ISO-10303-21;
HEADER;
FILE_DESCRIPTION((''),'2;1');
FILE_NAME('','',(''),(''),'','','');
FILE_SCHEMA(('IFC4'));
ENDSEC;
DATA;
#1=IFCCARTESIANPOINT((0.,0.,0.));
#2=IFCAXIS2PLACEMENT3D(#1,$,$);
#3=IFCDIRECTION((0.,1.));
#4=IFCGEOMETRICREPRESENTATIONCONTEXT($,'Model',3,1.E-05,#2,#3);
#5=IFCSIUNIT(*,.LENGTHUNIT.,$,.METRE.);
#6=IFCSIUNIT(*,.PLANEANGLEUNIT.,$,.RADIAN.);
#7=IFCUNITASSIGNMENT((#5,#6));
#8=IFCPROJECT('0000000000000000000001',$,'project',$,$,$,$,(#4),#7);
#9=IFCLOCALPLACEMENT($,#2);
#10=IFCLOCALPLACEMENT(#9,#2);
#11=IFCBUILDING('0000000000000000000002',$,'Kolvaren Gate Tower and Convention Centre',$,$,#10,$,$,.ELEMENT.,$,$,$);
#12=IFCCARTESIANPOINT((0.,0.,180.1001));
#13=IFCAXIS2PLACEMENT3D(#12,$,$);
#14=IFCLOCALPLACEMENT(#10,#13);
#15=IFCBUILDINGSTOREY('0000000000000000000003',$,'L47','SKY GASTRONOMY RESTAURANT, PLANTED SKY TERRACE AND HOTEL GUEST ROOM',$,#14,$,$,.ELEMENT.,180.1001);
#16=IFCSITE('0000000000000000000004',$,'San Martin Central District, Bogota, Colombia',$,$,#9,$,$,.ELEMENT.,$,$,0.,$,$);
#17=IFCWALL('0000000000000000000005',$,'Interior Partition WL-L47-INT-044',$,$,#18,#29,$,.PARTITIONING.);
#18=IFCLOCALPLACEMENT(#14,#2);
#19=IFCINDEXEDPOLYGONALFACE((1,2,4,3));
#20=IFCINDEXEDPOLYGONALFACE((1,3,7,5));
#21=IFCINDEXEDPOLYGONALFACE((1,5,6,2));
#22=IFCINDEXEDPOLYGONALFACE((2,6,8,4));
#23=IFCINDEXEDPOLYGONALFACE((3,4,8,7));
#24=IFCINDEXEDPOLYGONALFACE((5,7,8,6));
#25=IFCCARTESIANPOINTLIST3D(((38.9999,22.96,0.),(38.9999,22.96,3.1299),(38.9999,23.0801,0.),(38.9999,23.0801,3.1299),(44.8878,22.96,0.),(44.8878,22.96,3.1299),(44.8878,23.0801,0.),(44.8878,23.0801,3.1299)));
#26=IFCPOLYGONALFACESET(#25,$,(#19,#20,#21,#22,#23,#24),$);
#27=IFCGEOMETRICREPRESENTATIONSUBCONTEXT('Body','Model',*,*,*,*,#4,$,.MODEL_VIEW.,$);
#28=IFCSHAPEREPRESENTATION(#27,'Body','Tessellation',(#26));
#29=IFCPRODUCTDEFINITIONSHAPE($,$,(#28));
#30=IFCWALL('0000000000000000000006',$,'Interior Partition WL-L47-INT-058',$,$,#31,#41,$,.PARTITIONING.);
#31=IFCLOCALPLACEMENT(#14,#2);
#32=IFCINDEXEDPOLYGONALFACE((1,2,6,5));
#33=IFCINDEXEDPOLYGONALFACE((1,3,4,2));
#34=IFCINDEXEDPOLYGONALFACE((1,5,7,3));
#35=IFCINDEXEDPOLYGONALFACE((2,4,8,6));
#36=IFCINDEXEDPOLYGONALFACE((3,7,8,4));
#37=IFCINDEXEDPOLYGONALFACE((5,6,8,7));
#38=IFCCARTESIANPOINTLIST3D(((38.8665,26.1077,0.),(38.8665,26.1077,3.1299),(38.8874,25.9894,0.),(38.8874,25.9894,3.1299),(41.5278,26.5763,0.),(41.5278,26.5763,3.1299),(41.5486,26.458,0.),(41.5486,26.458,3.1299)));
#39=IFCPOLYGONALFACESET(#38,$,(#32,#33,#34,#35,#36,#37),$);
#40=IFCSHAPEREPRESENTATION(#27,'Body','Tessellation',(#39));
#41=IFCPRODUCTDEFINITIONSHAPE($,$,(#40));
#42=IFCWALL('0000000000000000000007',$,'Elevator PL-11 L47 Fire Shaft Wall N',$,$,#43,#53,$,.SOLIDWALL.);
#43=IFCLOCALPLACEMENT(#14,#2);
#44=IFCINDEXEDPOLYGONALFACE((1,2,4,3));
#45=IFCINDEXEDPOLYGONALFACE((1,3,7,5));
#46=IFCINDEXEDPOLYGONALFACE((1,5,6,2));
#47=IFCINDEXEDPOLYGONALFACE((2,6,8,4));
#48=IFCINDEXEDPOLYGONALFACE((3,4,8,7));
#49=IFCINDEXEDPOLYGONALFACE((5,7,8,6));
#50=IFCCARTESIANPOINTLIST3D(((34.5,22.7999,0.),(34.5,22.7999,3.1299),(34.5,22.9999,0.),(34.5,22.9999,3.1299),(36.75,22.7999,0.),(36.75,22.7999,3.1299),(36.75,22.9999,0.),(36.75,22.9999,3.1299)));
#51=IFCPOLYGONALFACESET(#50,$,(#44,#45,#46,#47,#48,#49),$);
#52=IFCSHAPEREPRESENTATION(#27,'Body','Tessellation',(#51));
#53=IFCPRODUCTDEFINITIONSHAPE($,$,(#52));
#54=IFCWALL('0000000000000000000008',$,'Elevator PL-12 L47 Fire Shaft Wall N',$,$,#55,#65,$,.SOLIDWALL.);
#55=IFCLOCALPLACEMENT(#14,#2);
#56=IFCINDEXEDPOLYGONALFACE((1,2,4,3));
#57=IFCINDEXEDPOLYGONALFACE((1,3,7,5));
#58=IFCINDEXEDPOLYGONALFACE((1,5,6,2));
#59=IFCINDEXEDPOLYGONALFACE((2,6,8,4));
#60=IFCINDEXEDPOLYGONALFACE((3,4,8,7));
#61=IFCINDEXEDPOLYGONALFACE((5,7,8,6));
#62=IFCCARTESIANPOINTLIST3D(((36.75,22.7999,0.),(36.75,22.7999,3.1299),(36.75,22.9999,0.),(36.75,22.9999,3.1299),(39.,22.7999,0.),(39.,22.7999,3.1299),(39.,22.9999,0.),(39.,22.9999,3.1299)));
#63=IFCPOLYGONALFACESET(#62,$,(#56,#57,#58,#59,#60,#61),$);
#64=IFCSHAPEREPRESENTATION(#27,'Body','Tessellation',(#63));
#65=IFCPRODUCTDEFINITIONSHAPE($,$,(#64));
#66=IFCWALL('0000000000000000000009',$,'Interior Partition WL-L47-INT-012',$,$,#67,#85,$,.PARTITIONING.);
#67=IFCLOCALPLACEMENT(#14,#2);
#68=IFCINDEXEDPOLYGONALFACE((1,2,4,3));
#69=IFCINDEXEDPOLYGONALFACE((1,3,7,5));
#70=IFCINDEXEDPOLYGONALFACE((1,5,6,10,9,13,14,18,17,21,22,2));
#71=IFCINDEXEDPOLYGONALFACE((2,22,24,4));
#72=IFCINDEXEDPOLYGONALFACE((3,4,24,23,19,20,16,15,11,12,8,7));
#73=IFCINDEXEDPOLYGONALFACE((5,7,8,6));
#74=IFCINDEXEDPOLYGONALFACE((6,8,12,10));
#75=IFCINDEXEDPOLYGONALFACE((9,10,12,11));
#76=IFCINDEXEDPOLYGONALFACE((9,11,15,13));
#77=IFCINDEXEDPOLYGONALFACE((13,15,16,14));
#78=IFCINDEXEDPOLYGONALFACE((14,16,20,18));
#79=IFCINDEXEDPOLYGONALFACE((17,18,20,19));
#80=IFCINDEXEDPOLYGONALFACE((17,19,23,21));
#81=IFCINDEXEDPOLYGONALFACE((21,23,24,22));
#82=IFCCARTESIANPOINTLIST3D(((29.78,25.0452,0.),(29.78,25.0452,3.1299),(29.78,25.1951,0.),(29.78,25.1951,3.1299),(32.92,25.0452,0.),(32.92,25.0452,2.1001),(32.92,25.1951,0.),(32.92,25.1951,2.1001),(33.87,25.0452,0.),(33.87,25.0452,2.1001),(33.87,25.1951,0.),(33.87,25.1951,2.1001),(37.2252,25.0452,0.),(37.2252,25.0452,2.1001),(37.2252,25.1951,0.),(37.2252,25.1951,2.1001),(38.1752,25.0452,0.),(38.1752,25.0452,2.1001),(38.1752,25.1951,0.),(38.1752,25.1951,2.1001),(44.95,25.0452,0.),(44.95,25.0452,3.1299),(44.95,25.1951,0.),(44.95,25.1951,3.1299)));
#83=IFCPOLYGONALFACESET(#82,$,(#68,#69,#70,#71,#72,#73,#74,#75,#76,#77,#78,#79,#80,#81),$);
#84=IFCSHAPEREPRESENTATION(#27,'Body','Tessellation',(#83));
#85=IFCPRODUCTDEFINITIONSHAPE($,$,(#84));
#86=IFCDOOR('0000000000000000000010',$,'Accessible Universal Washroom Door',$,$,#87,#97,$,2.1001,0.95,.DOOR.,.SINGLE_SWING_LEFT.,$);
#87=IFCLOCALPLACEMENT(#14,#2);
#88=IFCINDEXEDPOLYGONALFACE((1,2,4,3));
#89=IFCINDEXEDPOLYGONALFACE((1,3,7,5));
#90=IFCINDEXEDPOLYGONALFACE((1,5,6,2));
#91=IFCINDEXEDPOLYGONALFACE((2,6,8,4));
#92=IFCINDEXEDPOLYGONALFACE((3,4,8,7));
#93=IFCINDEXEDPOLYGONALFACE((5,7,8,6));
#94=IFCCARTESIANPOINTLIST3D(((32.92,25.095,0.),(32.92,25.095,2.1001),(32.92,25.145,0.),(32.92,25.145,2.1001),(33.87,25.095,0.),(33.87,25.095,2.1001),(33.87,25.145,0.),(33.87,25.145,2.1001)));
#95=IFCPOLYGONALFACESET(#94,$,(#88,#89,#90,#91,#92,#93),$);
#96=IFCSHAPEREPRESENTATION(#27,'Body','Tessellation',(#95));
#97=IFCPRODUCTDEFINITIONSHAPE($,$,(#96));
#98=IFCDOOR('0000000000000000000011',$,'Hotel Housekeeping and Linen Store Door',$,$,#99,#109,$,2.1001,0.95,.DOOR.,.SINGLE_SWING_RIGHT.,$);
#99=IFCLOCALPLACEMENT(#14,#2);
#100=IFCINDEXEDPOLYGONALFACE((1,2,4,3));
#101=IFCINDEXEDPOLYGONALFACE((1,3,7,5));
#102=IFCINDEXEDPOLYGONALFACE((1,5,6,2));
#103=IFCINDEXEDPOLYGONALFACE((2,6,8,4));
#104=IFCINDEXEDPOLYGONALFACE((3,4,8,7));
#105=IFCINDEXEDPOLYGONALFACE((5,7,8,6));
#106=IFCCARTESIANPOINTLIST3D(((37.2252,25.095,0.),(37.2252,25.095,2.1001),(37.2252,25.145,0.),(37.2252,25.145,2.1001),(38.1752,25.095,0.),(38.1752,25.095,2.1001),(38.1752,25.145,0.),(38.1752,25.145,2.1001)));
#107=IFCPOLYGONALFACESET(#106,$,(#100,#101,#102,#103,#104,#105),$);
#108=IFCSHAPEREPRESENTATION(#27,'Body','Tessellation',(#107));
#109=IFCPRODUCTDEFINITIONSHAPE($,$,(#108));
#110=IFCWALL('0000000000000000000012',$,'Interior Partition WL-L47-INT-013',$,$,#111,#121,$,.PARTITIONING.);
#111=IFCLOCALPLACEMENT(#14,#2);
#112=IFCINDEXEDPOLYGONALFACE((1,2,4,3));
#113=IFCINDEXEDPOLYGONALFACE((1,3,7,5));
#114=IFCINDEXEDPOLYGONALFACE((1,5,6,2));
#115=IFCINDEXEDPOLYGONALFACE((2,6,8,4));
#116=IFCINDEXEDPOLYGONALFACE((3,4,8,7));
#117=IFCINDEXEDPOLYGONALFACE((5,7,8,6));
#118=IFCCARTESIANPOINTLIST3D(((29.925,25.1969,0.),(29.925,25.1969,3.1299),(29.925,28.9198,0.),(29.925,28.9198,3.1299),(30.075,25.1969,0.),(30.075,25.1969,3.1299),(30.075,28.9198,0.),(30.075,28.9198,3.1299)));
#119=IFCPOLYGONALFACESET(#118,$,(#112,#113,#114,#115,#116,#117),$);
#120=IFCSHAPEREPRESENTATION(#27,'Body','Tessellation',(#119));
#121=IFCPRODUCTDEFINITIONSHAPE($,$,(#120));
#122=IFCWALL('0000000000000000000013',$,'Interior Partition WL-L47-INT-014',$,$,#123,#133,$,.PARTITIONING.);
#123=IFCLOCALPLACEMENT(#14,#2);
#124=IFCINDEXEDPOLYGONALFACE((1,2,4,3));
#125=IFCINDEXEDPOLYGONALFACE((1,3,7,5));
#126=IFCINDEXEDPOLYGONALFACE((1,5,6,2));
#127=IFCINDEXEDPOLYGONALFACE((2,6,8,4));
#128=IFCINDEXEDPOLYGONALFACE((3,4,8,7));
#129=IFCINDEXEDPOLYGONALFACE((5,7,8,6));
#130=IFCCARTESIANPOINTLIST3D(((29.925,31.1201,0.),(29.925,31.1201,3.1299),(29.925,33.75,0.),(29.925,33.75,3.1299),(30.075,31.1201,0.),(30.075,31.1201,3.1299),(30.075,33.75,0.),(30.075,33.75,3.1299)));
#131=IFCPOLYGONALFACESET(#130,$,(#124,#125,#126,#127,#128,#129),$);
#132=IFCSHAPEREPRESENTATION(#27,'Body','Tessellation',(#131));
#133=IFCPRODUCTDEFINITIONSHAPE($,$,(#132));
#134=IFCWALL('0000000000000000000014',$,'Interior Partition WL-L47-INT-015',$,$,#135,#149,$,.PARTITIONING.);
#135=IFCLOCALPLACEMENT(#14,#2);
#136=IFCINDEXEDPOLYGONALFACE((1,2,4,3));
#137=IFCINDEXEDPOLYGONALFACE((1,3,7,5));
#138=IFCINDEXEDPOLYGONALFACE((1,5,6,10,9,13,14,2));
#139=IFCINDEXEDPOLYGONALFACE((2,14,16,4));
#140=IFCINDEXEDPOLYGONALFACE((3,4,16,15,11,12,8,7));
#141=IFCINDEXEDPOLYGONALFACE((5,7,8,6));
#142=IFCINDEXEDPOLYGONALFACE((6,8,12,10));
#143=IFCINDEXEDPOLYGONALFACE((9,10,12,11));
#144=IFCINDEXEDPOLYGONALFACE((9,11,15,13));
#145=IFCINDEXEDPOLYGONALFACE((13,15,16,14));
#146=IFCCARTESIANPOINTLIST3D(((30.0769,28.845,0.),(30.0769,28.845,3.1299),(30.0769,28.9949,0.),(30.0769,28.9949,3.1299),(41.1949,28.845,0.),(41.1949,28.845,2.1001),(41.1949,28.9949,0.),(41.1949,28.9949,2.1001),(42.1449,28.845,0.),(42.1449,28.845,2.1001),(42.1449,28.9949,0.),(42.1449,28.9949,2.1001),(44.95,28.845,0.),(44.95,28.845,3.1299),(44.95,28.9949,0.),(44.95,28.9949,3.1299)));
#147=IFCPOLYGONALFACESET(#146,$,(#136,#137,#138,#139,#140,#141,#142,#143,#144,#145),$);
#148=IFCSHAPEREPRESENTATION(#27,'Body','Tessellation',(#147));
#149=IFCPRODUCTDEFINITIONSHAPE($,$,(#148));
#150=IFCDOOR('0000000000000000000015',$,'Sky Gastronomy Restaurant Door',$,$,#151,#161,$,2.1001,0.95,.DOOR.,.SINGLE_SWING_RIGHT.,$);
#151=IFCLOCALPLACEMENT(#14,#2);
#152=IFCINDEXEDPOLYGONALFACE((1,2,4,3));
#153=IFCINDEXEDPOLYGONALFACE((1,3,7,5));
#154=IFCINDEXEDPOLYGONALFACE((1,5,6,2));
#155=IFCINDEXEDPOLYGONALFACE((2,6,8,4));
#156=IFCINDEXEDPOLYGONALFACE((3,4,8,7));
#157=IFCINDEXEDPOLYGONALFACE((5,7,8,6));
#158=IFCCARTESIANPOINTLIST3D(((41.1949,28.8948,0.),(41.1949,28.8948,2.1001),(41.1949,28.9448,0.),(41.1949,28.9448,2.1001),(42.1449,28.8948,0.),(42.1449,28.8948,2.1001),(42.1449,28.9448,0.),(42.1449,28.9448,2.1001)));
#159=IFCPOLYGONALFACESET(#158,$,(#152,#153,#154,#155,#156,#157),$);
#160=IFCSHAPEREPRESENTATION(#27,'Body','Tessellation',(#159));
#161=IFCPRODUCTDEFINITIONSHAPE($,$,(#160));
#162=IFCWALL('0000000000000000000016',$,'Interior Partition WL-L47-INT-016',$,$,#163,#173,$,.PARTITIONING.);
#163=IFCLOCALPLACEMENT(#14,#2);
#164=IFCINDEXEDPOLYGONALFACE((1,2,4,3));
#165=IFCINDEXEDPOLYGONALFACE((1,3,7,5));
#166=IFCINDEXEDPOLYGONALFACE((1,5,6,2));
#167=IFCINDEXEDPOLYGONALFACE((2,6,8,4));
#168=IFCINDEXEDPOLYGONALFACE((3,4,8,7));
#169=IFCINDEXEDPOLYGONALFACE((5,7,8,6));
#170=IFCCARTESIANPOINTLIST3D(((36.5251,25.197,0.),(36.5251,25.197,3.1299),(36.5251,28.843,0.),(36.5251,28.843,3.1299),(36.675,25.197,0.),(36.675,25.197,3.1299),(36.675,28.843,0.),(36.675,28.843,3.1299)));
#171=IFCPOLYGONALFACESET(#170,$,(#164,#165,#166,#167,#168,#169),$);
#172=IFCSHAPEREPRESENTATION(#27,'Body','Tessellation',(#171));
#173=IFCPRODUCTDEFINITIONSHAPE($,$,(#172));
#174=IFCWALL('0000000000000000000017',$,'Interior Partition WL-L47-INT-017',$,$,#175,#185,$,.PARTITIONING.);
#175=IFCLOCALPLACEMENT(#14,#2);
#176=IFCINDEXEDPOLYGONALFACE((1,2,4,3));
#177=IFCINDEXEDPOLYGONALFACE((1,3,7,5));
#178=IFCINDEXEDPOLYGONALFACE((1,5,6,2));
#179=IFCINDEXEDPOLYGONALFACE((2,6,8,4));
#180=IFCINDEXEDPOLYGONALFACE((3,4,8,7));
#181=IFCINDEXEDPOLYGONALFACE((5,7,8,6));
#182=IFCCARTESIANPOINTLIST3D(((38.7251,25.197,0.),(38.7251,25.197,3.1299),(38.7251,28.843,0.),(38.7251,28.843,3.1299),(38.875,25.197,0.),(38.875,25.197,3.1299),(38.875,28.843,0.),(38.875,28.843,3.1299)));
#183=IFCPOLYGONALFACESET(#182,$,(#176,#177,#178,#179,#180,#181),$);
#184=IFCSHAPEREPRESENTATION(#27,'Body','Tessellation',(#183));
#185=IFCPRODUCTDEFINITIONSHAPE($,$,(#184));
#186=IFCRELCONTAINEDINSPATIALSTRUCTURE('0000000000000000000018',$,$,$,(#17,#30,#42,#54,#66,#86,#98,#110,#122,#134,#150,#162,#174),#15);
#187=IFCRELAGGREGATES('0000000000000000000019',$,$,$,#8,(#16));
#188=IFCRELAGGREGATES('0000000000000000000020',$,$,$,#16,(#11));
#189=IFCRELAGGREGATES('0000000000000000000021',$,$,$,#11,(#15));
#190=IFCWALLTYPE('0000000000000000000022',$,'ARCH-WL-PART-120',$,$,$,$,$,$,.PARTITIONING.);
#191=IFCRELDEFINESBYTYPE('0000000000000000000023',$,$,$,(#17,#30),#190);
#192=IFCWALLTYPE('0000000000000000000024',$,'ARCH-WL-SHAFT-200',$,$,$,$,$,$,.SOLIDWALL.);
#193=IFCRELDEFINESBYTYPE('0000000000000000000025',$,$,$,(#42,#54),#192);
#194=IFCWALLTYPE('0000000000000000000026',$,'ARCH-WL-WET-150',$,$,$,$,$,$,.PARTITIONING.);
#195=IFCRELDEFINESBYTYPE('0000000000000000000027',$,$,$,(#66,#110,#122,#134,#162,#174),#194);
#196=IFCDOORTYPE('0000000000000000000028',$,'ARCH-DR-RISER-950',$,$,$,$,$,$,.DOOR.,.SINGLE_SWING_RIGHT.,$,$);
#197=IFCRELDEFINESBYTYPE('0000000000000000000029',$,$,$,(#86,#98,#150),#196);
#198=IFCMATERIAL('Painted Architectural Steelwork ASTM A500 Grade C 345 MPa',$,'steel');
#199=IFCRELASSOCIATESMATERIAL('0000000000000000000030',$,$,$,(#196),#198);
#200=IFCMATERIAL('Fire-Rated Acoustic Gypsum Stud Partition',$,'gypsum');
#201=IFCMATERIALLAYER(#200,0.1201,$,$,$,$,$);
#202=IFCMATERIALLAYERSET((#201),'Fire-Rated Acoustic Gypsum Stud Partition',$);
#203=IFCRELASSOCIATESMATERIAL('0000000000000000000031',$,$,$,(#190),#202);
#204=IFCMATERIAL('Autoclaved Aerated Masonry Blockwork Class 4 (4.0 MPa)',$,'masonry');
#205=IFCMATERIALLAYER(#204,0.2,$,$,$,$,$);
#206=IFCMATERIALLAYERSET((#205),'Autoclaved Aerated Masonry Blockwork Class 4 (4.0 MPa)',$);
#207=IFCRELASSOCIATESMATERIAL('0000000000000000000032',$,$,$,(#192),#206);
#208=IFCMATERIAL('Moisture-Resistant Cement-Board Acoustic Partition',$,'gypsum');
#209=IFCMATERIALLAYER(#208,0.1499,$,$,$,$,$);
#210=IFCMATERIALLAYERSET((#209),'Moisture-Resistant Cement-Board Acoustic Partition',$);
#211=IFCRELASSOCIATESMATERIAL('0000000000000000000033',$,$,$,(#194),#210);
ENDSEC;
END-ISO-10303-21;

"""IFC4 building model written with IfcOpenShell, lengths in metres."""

from ifc_helpers import new_model, si_unit, direction, frame, frame_2d, origin, place, context, subcontext, project, spatial, rectangle, extrude, material, layer, layer_set, type_object, element, fill, save


model = new_model("IFC4")

# Units and contexts
model_context = context("Model", 3, precision=1e-05, world=origin(), true_north=direction((0.0, 1.0)))
body_context = subcontext(model_context, "Body", "Model", "MODEL_VIEW")
ifc_project = project(units=[si_unit("LENGTHUNIT", "METRE"), si_unit("PLANEANGLEUNIT", "RADIAN")], contexts=[model_context])

# Site, building, storey
site_placement = place(None, origin())
site = spatial("IfcSite", under=ifc_project, at=site_placement, Name="San Martin Central District, Bogota, Colombia", CompositionType="ELEMENT", RefElevation=0.0)
building_placement = place(site_placement, origin())
building = spatial("IfcBuilding", under=site, at=building_placement, Name="Kolvaren Gate Tower and Convention Centre", CompositionType="ELEMENT")
storey_placement = place(building_placement, frame((0.0, 0.0, 180.1001)))
storey = spatial("IfcBuildingStorey", under=building, at=storey_placement, Name="L47", Description="SKY GASTRONOMY RESTAURANT, PLANTED SKY TERRACE AND HOTEL GUEST ROOM", CompositionType="ELEMENT", Elevation=180.1001)

# Shared definitions
ifc_material_1 = material(Name="Autoclaved Aerated Masonry Blockwork Class 4 (4.0 MPa)", Category="masonry")

# Shared definitions
ifc_material_2 = material(Name="Painted Architectural Steelwork ASTM A500 Grade C 345 MPa", Category="steel")
door_type = type_object("IfcDoorType", Name="ARCH-DR-RISER-950", OperationType="SINGLE_SWING_RIGHT", PredefinedType="DOOR", material=ifc_material_2)

# Walls
ifc_material_3 = material(Name="Fire-Rated Acoustic Gypsum Stud Partition", Category="gypsum")
ifc_layer_1 = layer(ifc_material_3, 0.1201)
ifc_layer_set_1 = layer_set([ifc_layer_1], Name="Fire-Rated Acoustic Gypsum Stud Partition")
wall_type_1 = type_object("IfcWallType", Name="ARCH-WL-PART-120", PredefinedType="PARTITIONING", material=ifc_layer_set_1)
wall_1_placement = place(storey_placement, frame((39.0, 23.02, 0.0), z_axis=(0.0, 0.0, 1.0), x_axis=(1.0, 0.0, 0.0)))
element("IfcWall", 1, at=wall_1_placement, inside=storey, type_object=wall_type_1, Name="Interior Partition WL-L47-INT-044", PredefinedType="PARTITIONING", context=body_context, shape_type="SweptSolid", body=[
    extrude(rectangle(XDim=5.8879, YDim=0.1201, at=frame_2d((2.9438, 0.0))), origin(), (0.0, 0.0, 1.0), 3.1299),
])
wall_2_placement = place(storey_placement, frame((38.877, 26.0486, 0.0), z_axis=(0.0, 0.0, 1.0), x_axis=(0.984854, 0.173388, 0.0)))
element("IfcWall", 2, at=wall_2_placement, inside=storey, type_object=wall_type_1, Name="Interior Partition WL-L47-INT-058", PredefinedType="PARTITIONING", context=body_context, shape_type="SweptSolid", body=[
    extrude(rectangle(XDim=2.7021, YDim=0.1201, at=frame_2d((1.3511, 0.0))), origin(), (0.0, 0.0, 1.0), 3.1299),
])
ifc_layer_2 = layer(ifc_material_1, 0.2)
ifc_layer_set_2 = layer_set([ifc_layer_2], Name="Autoclaved Aerated Masonry Blockwork Class 4 (4.0 MPa)")
wall_type_2 = type_object("IfcWallType", Name="ARCH-WL-SHAFT-200", PredefinedType="SOLIDWALL", material=ifc_layer_set_2)
for number, where, z_axis, x_axis, name in (
    (3, (34.5, 22.8999, 0.0), (0.0, 0.0, 1.0), (1.0, 0.0, 0.0), "Elevator PL-11 L47 Fire Shaft Wall N"),
    (4, (36.75, 22.8999, 0.0), (0.0, 0.0, 1.0), (1.0, 0.0, 0.0), "Elevator PL-12 L47 Fire Shaft Wall N"),
):
    element("IfcWall", number, at=place(storey_placement, frame(where, z_axis=z_axis, x_axis=x_axis)), inside=storey, type_object=wall_type_2, Name=name, PredefinedType="SOLIDWALL", context=body_context, shape_type="SweptSolid", body=[
        extrude(rectangle(XDim=2.25, YDim=0.2, at=frame_2d((1.125, 0.0))), origin(), (0.0, 0.0, 1.0), 3.1299),
    ])

# Wall, openings, doors
ifc_material_4 = material(Name="Moisture-Resistant Cement-Board Acoustic Partition", Category="gypsum")
ifc_layer_3 = layer(ifc_material_4, 0.1499)
ifc_layer_set_3 = layer_set([ifc_layer_3], Name="Moisture-Resistant Cement-Board Acoustic Partition")
wall_type_3 = type_object("IfcWallType", Name="ARCH-WL-WET-150", PredefinedType="PARTITIONING", material=ifc_layer_set_3)
wall_3_placement = place(storey_placement, frame((29.78, 25.1201, 0.0), z_axis=(0.0, 0.0, 1.0), x_axis=(1.0, 0.0, 0.0)))
wall_3 = element("IfcWall", 5, at=wall_3_placement, inside=storey, type_object=wall_type_3, Name="Interior Partition WL-L47-INT-012", PredefinedType="PARTITIONING", context=body_context, shape_type="SweptSolid", body=[
    extrude(rectangle(XDim=15.1699, YDim=0.1499, at=frame_2d((7.585, 0.0))), origin(), (0.0, 0.0, 1.0), 3.1299),
])
opening_1_placement = place(wall_3_placement, frame((3.1399, 0.0, 0.0)))
opening_1 = element("IfcOpeningElement", 6, at=opening_1_placement, cuts=wall_3, PredefinedType="OPENING", context=body_context, shape_type="SweptSolid", body=[
    extrude(rectangle(XDim=0.95, YDim=2.1001, at=frame_2d((0.4751, 1.05))), frame((0.0, 0.085, 0.0), z_axis=(0.0, -1.0, 0.0), x_axis=(1.0, 0.0, 0.0)), (0.0, 0.0, 1.0), 0.1699),
])
opening_2_placement = place(wall_3_placement, frame((7.4451, 0.0, 0.0)))
opening_2 = element("IfcOpeningElement", 7, at=opening_2_placement, cuts=wall_3, PredefinedType="OPENING", context=body_context, shape_type="SweptSolid", body=[
    extrude(rectangle(XDim=0.95, YDim=2.1001, at=frame_2d((0.4751, 1.05))), frame((0.0, 0.085, 0.0), z_axis=(0.0, -1.0, 0.0), x_axis=(1.0, 0.0, 0.0)), (0.0, 0.0, 1.0), 0.1699),
])
door_1_placement = place(opening_1_placement, origin())
door_1 = element("IfcDoor", 8, at=door_1_placement, inside=storey, type_object=door_type, Name="Accessible Universal Washroom Door", OperationType="SINGLE_SWING_LEFT", OverallHeight=2.1001, OverallWidth=0.95, PredefinedType="DOOR", context=body_context, shape_type="SweptSolid", body=[
    extrude(rectangle(XDim=0.95, YDim=2.1001, at=frame_2d((0.4751, 1.05))), frame((0.0, 0.0249, 0.0), z_axis=(0.0, -1.0, 0.0), x_axis=(1.0, 0.0, 0.0)), (0.0, 0.0, 1.0), 0.05),
])
fill(opening_1, door_1)
door_2_placement = place(opening_2_placement, origin())
door_2 = element("IfcDoor", 9, at=door_2_placement, inside=storey, type_object=door_type, Name="Hotel Housekeeping and Linen Store Door", OperationType="SINGLE_SWING_RIGHT", OverallHeight=2.1001, OverallWidth=0.95, PredefinedType="DOOR", context=body_context, shape_type="SweptSolid", body=[
    extrude(rectangle(XDim=0.95, YDim=2.1001, at=frame_2d((0.4751, 1.05))), frame((0.0, 0.0249, 0.0), z_axis=(0.0, -1.0, 0.0), x_axis=(1.0, 0.0, 0.0)), (0.0, 0.0, 1.0), 0.05),
])
fill(opening_2, door_2)

# Walls
wall_4_placement = place(storey_placement, frame((30.0, 25.197, 0.0), z_axis=(0.0, 0.0, 1.0), x_axis=(0.0, 1.0, 0.0)))
element("IfcWall", 10, at=wall_4_placement, inside=storey, type_object=wall_type_3, Name="Interior Partition WL-L47-INT-013", PredefinedType="PARTITIONING", context=body_context, shape_type="SweptSolid", body=[
    extrude(rectangle(XDim=3.7229, YDim=0.1499, at=frame_2d((1.8613, 0.0))), origin(), (0.0, 0.0, 1.0), 3.1299),
])
wall_5_placement = place(storey_placement, frame((30.0, 31.1201, 0.0), z_axis=(0.0, 0.0, 1.0), x_axis=(0.0, 1.0, 0.0)))
element("IfcWall", 11, at=wall_5_placement, inside=storey, type_object=wall_type_3, Name="Interior Partition WL-L47-INT-014", PredefinedType="PARTITIONING", context=body_context, shape_type="SweptSolid", body=[
    extrude(rectangle(XDim=2.6299, YDim=0.1499, at=frame_2d((1.3149, 0.0))), origin(), (0.0, 0.0, 1.0), 3.1299),
])

# Wall, opening, door
wall_6_placement = place(storey_placement, frame((30.0769, 28.9199, 0.0), z_axis=(0.0, 0.0, 1.0), x_axis=(1.0, 0.0, 0.0)))
wall_6 = element("IfcWall", 12, at=wall_6_placement, inside=storey, type_object=wall_type_3, Name="Interior Partition WL-L47-INT-015", PredefinedType="PARTITIONING", context=body_context, shape_type="SweptSolid", body=[
    extrude(rectangle(XDim=14.873, YDim=0.1499, at=frame_2d((7.4365, 0.0))), origin(), (0.0, 0.0, 1.0), 3.1299),
])
opening_3_placement = place(wall_6_placement, frame((11.1179, 0.0, 0.0)))
opening_3 = element("IfcOpeningElement", 13, at=opening_3_placement, cuts=wall_6, PredefinedType="OPENING", context=body_context, shape_type="SweptSolid", body=[
    extrude(rectangle(XDim=0.95, YDim=2.1001, at=frame_2d((0.4751, 1.05))), frame((0.0, 0.085, 0.0), z_axis=(0.0, -1.0, 0.0), x_axis=(1.0, 0.0, 0.0)), (0.0, 0.0, 1.0), 0.1699),
])
door_3_placement = place(opening_3_placement, origin())
door_3 = element("IfcDoor", 14, at=door_3_placement, inside=storey, type_object=door_type, Name="Sky Gastronomy Restaurant Door", OperationType="SINGLE_SWING_RIGHT", OverallHeight=2.1001, OverallWidth=0.95, PredefinedType="DOOR", context=body_context, shape_type="SweptSolid", body=[
    extrude(rectangle(XDim=0.95, YDim=2.1001, at=frame_2d((0.4751, 1.05))), frame((0.0, 0.0249, 0.0), z_axis=(0.0, -1.0, 0.0), x_axis=(1.0, 0.0, 0.0)), (0.0, 0.0, 1.0), 0.05),
])
fill(opening_3, door_3)

# Walls
for number, where, z_axis, x_axis, name in (
    (15, (36.6001, 25.197, 0.0), (0.0, 0.0, 1.0), (0.0, 1.0, 0.0), "Interior Partition WL-L47-INT-016"),
    (16, (38.8, 25.197, 0.0), (0.0, 0.0, 1.0), (0.0, 1.0, 0.0), "Interior Partition WL-L47-INT-017"),
):
    element("IfcWall", number, at=place(storey_placement, frame(where, z_axis=z_axis, x_axis=x_axis)), inside=storey, type_object=wall_type_3, Name=name, PredefinedType="PARTITIONING", context=body_context, shape_type="SweptSolid", body=[
        extrude(rectangle(XDim=3.646, YDim=0.1499, at=frame_2d((1.823, 0.0))), origin(), (0.0, 0.0, 1.0), 3.1299),
    ])

save(model, "model.ifc")
